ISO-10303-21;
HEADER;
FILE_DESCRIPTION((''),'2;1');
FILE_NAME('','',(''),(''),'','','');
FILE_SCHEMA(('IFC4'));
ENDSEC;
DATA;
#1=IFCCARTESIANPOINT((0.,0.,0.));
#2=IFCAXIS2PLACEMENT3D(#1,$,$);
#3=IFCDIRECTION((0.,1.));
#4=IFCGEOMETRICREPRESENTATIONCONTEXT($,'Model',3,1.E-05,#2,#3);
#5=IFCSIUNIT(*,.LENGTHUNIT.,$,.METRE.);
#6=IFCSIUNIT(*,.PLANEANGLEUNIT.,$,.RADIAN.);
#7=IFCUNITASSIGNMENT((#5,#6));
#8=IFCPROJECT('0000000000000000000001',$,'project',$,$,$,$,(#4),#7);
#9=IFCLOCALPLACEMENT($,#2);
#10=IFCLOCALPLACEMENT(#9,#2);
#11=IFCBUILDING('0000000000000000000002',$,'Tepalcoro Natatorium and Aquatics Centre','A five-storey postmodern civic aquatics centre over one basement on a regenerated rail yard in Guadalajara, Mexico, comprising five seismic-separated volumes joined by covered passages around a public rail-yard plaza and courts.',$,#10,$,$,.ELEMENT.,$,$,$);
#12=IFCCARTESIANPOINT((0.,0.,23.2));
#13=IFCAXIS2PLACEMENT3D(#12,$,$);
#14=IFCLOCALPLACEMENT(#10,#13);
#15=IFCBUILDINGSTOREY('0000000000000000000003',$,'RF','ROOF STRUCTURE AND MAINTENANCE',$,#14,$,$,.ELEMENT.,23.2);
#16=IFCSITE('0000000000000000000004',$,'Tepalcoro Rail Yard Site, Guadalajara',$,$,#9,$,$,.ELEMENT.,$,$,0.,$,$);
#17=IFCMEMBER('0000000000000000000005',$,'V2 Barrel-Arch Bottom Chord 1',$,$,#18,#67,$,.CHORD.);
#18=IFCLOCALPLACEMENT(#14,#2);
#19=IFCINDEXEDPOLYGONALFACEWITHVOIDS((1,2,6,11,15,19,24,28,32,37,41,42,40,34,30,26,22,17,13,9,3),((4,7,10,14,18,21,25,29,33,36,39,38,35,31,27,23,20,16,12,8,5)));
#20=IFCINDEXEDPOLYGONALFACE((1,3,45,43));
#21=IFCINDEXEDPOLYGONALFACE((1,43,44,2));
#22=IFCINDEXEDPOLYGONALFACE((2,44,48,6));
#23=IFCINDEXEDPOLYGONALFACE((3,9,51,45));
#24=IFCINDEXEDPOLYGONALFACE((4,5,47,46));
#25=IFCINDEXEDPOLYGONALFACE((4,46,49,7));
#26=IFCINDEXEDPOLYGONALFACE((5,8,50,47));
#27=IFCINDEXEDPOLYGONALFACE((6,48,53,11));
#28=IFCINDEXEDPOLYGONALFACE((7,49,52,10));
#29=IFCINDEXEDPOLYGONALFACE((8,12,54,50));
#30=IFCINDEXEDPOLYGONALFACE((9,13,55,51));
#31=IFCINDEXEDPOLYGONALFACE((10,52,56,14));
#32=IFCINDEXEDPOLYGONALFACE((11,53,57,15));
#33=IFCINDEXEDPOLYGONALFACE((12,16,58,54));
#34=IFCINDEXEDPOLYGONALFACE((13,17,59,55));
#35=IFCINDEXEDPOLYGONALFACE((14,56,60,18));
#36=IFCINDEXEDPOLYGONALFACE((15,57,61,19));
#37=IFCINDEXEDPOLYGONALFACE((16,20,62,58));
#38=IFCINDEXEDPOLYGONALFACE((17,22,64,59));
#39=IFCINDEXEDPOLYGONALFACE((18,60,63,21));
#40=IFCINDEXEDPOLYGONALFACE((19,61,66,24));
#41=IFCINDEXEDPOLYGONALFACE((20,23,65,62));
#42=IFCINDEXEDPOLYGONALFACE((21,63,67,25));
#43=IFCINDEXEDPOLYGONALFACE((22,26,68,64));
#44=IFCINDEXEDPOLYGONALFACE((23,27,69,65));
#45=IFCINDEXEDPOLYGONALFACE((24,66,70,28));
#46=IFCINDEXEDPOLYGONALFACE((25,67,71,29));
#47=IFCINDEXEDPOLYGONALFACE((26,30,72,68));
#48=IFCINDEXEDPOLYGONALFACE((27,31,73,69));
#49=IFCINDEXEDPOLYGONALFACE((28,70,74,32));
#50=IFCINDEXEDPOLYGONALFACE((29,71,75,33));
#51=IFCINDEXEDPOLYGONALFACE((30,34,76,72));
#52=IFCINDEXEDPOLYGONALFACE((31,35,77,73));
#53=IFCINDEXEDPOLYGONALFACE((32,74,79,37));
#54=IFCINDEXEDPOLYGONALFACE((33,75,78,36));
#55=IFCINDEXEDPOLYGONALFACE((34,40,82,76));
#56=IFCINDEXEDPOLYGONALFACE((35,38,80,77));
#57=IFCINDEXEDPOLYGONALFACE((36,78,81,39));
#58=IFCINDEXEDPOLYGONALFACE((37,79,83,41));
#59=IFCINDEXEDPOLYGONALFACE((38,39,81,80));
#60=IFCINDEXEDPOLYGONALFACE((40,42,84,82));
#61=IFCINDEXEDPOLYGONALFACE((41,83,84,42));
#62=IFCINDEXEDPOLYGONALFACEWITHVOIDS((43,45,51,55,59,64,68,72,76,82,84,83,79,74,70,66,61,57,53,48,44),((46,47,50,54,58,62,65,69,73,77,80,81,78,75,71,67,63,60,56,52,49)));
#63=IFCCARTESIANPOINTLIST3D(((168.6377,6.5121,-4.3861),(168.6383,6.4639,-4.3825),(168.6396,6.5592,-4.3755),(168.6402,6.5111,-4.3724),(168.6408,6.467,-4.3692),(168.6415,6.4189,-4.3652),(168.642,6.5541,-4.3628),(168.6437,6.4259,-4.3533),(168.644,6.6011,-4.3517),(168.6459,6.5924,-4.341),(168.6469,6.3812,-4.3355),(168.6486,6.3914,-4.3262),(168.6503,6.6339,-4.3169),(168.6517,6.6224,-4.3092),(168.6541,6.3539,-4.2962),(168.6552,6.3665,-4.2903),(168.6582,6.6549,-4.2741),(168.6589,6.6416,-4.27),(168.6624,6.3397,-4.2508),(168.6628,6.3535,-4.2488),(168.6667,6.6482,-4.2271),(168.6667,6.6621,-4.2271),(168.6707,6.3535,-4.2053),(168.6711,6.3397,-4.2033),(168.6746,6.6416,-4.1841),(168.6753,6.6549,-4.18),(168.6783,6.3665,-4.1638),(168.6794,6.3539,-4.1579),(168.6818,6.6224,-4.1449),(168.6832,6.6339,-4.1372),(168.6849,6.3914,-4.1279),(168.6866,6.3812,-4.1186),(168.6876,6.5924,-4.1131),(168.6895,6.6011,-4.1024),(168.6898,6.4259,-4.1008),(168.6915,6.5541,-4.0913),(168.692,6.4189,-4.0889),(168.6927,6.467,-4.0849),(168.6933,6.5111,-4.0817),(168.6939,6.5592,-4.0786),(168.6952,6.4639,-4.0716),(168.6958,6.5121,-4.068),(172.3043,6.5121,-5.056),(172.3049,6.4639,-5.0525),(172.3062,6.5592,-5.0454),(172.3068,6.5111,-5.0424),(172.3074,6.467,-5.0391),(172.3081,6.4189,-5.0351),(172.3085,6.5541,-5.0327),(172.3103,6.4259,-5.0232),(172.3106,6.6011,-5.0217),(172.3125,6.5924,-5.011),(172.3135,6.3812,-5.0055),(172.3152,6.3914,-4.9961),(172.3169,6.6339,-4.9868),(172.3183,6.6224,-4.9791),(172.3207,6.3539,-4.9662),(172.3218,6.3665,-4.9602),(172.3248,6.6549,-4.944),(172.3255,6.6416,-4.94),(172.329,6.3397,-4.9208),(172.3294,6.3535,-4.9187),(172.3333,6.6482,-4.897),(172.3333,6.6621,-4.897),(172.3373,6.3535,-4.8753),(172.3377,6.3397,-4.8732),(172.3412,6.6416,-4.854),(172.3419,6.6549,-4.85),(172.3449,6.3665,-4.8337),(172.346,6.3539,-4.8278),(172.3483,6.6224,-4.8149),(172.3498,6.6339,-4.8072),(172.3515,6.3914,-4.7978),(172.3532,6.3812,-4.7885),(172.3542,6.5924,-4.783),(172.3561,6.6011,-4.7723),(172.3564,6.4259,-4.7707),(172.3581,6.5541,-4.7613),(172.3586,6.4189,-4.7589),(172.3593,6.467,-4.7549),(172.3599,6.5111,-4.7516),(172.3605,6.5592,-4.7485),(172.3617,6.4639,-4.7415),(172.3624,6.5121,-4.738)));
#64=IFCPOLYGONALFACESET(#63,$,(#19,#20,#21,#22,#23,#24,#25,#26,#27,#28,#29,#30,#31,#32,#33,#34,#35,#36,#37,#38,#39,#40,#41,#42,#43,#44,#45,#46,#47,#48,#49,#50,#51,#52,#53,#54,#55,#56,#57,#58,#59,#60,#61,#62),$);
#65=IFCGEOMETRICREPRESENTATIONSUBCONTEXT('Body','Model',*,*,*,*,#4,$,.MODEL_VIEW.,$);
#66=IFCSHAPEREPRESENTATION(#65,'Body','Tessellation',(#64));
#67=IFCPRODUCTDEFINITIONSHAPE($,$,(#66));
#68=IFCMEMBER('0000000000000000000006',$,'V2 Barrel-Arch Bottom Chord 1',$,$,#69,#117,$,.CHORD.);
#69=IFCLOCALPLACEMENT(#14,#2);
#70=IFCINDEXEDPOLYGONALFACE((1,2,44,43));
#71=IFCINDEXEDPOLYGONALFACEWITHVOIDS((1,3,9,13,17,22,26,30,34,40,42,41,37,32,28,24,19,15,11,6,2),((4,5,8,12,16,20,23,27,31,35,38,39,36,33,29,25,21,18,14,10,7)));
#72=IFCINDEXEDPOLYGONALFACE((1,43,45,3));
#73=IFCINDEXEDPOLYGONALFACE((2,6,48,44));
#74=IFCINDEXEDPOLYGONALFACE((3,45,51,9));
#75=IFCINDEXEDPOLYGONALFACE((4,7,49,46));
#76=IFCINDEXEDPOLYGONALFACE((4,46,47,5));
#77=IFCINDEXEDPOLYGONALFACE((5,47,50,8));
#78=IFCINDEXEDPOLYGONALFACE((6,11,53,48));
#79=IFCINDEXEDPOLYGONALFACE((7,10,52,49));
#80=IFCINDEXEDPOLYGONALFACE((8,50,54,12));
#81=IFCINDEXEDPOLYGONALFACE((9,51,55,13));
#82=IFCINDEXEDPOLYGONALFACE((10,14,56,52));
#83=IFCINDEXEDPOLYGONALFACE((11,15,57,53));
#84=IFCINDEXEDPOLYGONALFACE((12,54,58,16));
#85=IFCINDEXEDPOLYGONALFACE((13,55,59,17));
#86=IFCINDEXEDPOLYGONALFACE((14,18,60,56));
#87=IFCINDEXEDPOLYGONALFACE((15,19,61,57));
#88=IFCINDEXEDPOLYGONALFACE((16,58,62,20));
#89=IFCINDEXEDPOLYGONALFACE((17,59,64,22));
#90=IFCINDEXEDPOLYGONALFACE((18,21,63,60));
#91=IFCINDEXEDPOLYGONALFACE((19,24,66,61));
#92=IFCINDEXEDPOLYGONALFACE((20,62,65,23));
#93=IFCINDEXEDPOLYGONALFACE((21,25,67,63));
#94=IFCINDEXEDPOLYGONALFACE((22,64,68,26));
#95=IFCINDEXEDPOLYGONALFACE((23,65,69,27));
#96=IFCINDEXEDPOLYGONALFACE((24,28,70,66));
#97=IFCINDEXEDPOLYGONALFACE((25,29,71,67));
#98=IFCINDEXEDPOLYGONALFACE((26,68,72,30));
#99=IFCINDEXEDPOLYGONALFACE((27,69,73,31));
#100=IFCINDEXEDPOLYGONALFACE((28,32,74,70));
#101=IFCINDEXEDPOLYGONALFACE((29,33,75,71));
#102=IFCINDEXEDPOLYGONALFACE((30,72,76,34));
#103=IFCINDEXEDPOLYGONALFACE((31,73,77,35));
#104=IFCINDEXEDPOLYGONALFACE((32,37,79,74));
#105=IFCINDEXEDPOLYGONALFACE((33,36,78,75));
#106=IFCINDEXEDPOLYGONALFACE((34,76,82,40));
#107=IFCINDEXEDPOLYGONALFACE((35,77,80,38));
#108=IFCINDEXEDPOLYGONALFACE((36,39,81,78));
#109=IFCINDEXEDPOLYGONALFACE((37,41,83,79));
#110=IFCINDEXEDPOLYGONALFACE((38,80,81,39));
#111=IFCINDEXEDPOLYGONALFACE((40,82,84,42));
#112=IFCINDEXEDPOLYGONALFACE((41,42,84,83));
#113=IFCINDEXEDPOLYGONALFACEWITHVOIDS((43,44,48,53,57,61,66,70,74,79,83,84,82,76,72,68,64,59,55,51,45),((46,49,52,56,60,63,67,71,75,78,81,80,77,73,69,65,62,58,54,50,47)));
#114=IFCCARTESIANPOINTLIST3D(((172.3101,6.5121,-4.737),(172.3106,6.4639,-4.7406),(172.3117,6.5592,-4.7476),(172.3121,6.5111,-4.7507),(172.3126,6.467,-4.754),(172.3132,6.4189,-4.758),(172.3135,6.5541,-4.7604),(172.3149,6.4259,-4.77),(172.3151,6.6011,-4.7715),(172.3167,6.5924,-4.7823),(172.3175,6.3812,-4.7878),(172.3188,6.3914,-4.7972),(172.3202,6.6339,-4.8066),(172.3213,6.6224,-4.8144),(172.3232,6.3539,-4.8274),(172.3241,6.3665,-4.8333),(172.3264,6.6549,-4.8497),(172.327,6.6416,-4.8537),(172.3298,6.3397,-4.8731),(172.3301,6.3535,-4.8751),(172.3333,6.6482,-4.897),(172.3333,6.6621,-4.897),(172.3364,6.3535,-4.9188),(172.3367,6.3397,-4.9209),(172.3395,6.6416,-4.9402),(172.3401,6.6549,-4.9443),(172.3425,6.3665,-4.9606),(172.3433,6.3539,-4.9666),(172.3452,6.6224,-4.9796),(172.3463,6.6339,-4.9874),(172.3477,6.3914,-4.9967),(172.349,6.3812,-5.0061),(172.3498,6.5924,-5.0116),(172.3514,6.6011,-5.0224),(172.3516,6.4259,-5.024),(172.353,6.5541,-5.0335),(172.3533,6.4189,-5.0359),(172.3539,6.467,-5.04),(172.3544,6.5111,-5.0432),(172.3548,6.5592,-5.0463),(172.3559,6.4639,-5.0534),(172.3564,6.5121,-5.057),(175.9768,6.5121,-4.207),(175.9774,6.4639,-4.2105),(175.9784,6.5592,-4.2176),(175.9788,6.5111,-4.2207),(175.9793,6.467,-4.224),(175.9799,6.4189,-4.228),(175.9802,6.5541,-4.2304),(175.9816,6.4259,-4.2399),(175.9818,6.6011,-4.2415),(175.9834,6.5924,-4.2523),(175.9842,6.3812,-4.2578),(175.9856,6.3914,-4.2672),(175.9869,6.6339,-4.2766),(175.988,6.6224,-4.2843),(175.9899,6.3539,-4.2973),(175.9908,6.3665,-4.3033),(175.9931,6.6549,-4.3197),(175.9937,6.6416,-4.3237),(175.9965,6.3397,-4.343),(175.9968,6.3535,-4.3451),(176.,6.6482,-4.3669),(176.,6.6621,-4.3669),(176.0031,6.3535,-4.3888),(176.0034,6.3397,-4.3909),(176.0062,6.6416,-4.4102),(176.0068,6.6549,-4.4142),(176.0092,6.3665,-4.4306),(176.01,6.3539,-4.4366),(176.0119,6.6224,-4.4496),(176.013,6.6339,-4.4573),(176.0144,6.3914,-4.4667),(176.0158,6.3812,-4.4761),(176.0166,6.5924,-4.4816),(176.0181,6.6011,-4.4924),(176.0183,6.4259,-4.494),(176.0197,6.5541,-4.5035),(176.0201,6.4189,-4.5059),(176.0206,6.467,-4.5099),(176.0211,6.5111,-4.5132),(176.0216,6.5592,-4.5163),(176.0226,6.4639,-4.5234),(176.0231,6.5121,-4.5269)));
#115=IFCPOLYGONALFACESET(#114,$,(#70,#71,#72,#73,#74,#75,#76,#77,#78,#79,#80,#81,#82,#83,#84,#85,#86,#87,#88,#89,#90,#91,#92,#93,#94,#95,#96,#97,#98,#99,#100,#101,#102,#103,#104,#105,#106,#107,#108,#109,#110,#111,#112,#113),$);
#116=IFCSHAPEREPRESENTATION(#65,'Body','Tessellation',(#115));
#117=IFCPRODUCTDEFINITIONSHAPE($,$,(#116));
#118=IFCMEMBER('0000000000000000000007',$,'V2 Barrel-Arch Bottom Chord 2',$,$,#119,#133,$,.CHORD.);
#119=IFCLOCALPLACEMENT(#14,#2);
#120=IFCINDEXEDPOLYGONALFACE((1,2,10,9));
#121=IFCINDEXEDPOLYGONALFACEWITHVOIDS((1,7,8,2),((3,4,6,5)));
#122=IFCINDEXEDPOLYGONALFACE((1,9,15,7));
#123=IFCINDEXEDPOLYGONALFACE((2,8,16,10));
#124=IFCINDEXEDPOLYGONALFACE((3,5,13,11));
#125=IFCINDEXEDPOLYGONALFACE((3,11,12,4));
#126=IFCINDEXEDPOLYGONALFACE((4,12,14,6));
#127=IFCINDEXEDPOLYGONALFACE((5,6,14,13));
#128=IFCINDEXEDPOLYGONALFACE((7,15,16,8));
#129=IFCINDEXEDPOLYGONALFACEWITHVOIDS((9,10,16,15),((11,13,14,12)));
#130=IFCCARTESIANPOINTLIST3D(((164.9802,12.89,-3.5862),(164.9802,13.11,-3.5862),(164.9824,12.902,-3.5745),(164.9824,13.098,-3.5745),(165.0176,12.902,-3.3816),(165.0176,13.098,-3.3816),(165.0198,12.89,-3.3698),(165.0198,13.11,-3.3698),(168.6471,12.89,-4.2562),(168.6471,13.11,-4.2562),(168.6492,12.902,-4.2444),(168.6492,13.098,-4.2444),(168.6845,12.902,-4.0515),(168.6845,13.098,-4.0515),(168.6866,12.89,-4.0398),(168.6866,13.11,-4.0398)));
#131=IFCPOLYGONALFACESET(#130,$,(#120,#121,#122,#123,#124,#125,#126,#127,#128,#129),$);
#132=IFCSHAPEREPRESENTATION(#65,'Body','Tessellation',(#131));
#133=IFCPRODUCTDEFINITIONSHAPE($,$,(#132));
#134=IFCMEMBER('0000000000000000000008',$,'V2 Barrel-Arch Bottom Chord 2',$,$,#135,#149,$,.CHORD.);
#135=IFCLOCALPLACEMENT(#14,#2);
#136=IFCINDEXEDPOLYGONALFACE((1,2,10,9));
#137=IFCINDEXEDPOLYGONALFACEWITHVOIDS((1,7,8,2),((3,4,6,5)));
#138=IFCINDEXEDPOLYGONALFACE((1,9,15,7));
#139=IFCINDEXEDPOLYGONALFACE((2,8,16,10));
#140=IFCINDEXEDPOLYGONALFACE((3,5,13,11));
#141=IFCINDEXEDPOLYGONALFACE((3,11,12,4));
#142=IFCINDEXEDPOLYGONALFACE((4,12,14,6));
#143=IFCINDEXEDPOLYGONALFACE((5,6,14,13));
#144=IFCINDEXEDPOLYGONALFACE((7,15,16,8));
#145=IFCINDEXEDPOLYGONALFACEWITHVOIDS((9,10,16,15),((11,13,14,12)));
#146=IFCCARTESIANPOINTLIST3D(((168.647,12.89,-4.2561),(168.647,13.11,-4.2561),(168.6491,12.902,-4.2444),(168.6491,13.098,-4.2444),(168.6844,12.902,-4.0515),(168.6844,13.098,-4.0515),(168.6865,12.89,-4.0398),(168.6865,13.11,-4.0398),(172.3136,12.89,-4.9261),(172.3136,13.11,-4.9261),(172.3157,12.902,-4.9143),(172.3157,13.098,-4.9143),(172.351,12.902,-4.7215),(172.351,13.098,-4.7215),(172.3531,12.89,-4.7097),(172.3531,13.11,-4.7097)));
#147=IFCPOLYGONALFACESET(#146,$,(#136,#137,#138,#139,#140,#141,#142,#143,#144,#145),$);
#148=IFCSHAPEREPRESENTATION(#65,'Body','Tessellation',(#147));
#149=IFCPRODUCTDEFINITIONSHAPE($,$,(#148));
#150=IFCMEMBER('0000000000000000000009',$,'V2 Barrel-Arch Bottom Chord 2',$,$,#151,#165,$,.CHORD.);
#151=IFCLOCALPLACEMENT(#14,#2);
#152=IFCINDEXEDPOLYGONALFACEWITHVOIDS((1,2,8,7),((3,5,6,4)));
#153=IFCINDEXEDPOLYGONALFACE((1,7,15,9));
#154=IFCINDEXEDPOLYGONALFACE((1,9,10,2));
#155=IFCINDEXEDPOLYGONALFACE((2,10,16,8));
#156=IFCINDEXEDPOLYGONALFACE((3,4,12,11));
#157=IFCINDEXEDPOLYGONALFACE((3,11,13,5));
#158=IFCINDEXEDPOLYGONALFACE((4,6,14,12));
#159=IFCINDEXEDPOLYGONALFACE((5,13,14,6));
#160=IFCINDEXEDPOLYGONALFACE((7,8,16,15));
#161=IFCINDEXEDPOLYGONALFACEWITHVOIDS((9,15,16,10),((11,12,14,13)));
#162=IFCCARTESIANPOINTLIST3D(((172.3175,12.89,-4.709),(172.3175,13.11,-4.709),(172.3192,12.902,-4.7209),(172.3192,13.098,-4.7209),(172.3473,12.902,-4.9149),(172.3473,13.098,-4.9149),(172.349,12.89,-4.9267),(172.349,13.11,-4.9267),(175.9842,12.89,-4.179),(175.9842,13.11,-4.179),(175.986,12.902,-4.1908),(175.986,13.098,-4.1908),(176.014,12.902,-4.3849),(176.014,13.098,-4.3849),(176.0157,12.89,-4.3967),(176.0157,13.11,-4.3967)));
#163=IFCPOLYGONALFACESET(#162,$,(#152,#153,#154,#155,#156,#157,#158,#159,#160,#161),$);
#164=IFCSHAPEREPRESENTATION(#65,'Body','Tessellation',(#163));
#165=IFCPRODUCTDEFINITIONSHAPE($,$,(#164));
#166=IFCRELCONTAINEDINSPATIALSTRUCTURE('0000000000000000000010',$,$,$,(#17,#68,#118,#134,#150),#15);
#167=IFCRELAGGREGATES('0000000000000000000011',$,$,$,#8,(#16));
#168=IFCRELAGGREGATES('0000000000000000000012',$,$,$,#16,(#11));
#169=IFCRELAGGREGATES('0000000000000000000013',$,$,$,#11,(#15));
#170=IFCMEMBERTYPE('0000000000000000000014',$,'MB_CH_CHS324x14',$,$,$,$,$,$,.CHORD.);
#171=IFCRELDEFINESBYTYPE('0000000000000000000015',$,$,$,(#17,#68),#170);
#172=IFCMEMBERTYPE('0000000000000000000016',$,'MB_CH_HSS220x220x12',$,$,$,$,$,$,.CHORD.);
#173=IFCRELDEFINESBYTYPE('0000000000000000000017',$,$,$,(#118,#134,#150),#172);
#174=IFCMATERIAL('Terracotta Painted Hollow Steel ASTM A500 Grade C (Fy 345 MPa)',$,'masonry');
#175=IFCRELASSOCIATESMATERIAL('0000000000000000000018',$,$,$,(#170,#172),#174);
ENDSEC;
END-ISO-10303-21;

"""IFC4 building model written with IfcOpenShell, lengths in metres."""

from ifc_helpers import new_model, si_unit, direction, frame, origin, origin_2d, place, context, subcontext, project, spatial, hollow_rectangle, hollow_circle, extrude, material, material_profile, profile_set, type_object, element, save


model = new_model("IFC4")

# Units and contexts
model_context = context("Model", 3, precision=1e-05, world=origin(), true_north=direction((0.0, 1.0)))
body_context = subcontext(model_context, "Body", "Model", "MODEL_VIEW")
ifc_project = project(units=[si_unit("LENGTHUNIT", "METRE"), si_unit("PLANEANGLEUNIT", "RADIAN")], contexts=[model_context])

# Site, building, storey
site_placement = place(None, origin())
site = spatial("IfcSite", under=ifc_project, at=site_placement, Name="Tepalcoro Rail Yard Site, Guadalajara", CompositionType="ELEMENT", RefElevation=0.0)
building_placement = place(site_placement, origin())
building = spatial("IfcBuilding", under=site, at=building_placement, Name="Tepalcoro Natatorium and Aquatics Centre", Description="A five-storey postmodern civic aquatics centre over one basement on a regenerated rail yard in Guadalajara, Mexico, comprising five seismic-separated volumes joined by covered passages around a public rail-yard plaza and courts.", CompositionType="ELEMENT")
storey_placement = place(building_placement, frame((0.0, 0.0, 23.2)))
storey = spatial("IfcBuildingStorey", under=building, at=storey_placement, Name="RF", Description="ROOF STRUCTURE AND MAINTENANCE", CompositionType="ELEMENT", Elevation=23.2)

# Shared definitions
ifc_material_1 = material(Name="Terracotta Painted Hollow Steel ASTM A500 Grade C (Fy 345 MPa)", Category="masonry")

# Members
ifc_material_profile_1 = material_profile(ifc_material_1, hollow_circle(Radius=0.1621, WallThickness=0.0139, at=origin_2d()), Name="CHS324X14")
ifc_profile_set_1 = profile_set([ifc_material_profile_1], Name="Terracotta Painted Hollow Steel ASTM A500 Grade C (Fy 345 MPa)")
member_type_1 = type_object("IfcMemberType", Name="MB_CH_CHS324x14", PredefinedType="CHORD", material=ifc_profile_set_1)
member_1_placement = place(storey_placement, frame((168.6667, 6.5, -4.2271), z_axis=(0.983714, 0.0, -0.179738), x_axis=(0.0, 1.0, 0.0)))
element("IfcMember", 1, at=member_1_placement, inside=storey, type_object=member_type_1, Name="V2 Barrel-Arch Bottom Chord 1", PredefinedType="CHORD", context=body_context, shape_type="SweptSolid", body=[
    extrude(hollow_circle(Radius=0.1621, WallThickness=0.0139, at=origin_2d()), origin(), (0.0, 0.0, 1.0), 3.7273),
])
member_2_placement = place(storey_placement, frame((172.3333, 6.5, -4.897), z_axis=(0.989714, 0.0, 0.143063), x_axis=(0.0, 1.0, 0.0)))
element("IfcMember", 2, at=member_2_placement, inside=storey, type_object=member_type_1, Name="V2 Barrel-Arch Bottom Chord 1", PredefinedType="CHORD", context=body_context, shape_type="SweptSolid", body=[
    extrude(hollow_circle(Radius=0.1621, WallThickness=0.0139, at=origin_2d()), origin(), (0.0, 0.0, 1.0), 3.7048),
])
ifc_material_profile_2 = material_profile(ifc_material_1, hollow_rectangle(XDim=0.22, YDim=0.22, WallThickness=0.012, at=origin_2d()), Name="HSS220X220X12")
ifc_profile_set_2 = profile_set([ifc_material_profile_2], Name="Terracotta Painted Hollow Steel ASTM A500 Grade C (Fy 345 MPa)")
member_type_2 = type_object("IfcMemberType", Name="MB_CH_HSS220x220x12", PredefinedType="CHORD", material=ifc_profile_set_2)
member_3_placement = place(storey_placement, frame((165.0, 13.0, -3.478), z_axis=(0.983717, 0.0, -0.179727), x_axis=(0.0, 1.0, 0.0)))
element("IfcMember", 3, at=member_3_placement, inside=storey, type_object=member_type_2, Name="V2 Barrel-Arch Bottom Chord 2", PredefinedType="CHORD", context=body_context, shape_type="SweptSolid", body=[
    extrude(hollow_rectangle(XDim=0.22, YDim=0.22, WallThickness=0.012, at=origin_2d()), origin(), (0.0, 0.0, 1.0), 3.7275),
])
member_4_placement = place(storey_placement, frame((168.6667, 13.0, -4.1479), z_axis=(0.983714, 0.0, -0.179738), x_axis=(0.0, 1.0, 0.0)))
element("IfcMember", 4, at=member_4_placement, inside=storey, type_object=member_type_2, Name="V2 Barrel-Arch Bottom Chord 2", PredefinedType="CHORD", context=body_context, shape_type="SweptSolid", body=[
    extrude(hollow_rectangle(XDim=0.22, YDim=0.22, WallThickness=0.012, at=origin_2d()), origin(), (0.0, 0.0, 1.0), 3.7273),
])
member_5_placement = place(storey_placement, frame((172.3333, 13.0, -4.8179), z_axis=(0.989714, 0.0, 0.143063), x_axis=(0.0, 1.0, 0.0)))
element("IfcMember", 5, at=member_5_placement, inside=storey, type_object=member_type_2, Name="V2 Barrel-Arch Bottom Chord 2", PredefinedType="CHORD", context=body_context, shape_type="SweptSolid", body=[
    extrude(hollow_rectangle(XDim=0.22, YDim=0.22, WallThickness=0.012, at=origin_2d()), origin(), (0.0, 0.0, 1.0), 3.7048),
])

save(model, "model.ifc")
